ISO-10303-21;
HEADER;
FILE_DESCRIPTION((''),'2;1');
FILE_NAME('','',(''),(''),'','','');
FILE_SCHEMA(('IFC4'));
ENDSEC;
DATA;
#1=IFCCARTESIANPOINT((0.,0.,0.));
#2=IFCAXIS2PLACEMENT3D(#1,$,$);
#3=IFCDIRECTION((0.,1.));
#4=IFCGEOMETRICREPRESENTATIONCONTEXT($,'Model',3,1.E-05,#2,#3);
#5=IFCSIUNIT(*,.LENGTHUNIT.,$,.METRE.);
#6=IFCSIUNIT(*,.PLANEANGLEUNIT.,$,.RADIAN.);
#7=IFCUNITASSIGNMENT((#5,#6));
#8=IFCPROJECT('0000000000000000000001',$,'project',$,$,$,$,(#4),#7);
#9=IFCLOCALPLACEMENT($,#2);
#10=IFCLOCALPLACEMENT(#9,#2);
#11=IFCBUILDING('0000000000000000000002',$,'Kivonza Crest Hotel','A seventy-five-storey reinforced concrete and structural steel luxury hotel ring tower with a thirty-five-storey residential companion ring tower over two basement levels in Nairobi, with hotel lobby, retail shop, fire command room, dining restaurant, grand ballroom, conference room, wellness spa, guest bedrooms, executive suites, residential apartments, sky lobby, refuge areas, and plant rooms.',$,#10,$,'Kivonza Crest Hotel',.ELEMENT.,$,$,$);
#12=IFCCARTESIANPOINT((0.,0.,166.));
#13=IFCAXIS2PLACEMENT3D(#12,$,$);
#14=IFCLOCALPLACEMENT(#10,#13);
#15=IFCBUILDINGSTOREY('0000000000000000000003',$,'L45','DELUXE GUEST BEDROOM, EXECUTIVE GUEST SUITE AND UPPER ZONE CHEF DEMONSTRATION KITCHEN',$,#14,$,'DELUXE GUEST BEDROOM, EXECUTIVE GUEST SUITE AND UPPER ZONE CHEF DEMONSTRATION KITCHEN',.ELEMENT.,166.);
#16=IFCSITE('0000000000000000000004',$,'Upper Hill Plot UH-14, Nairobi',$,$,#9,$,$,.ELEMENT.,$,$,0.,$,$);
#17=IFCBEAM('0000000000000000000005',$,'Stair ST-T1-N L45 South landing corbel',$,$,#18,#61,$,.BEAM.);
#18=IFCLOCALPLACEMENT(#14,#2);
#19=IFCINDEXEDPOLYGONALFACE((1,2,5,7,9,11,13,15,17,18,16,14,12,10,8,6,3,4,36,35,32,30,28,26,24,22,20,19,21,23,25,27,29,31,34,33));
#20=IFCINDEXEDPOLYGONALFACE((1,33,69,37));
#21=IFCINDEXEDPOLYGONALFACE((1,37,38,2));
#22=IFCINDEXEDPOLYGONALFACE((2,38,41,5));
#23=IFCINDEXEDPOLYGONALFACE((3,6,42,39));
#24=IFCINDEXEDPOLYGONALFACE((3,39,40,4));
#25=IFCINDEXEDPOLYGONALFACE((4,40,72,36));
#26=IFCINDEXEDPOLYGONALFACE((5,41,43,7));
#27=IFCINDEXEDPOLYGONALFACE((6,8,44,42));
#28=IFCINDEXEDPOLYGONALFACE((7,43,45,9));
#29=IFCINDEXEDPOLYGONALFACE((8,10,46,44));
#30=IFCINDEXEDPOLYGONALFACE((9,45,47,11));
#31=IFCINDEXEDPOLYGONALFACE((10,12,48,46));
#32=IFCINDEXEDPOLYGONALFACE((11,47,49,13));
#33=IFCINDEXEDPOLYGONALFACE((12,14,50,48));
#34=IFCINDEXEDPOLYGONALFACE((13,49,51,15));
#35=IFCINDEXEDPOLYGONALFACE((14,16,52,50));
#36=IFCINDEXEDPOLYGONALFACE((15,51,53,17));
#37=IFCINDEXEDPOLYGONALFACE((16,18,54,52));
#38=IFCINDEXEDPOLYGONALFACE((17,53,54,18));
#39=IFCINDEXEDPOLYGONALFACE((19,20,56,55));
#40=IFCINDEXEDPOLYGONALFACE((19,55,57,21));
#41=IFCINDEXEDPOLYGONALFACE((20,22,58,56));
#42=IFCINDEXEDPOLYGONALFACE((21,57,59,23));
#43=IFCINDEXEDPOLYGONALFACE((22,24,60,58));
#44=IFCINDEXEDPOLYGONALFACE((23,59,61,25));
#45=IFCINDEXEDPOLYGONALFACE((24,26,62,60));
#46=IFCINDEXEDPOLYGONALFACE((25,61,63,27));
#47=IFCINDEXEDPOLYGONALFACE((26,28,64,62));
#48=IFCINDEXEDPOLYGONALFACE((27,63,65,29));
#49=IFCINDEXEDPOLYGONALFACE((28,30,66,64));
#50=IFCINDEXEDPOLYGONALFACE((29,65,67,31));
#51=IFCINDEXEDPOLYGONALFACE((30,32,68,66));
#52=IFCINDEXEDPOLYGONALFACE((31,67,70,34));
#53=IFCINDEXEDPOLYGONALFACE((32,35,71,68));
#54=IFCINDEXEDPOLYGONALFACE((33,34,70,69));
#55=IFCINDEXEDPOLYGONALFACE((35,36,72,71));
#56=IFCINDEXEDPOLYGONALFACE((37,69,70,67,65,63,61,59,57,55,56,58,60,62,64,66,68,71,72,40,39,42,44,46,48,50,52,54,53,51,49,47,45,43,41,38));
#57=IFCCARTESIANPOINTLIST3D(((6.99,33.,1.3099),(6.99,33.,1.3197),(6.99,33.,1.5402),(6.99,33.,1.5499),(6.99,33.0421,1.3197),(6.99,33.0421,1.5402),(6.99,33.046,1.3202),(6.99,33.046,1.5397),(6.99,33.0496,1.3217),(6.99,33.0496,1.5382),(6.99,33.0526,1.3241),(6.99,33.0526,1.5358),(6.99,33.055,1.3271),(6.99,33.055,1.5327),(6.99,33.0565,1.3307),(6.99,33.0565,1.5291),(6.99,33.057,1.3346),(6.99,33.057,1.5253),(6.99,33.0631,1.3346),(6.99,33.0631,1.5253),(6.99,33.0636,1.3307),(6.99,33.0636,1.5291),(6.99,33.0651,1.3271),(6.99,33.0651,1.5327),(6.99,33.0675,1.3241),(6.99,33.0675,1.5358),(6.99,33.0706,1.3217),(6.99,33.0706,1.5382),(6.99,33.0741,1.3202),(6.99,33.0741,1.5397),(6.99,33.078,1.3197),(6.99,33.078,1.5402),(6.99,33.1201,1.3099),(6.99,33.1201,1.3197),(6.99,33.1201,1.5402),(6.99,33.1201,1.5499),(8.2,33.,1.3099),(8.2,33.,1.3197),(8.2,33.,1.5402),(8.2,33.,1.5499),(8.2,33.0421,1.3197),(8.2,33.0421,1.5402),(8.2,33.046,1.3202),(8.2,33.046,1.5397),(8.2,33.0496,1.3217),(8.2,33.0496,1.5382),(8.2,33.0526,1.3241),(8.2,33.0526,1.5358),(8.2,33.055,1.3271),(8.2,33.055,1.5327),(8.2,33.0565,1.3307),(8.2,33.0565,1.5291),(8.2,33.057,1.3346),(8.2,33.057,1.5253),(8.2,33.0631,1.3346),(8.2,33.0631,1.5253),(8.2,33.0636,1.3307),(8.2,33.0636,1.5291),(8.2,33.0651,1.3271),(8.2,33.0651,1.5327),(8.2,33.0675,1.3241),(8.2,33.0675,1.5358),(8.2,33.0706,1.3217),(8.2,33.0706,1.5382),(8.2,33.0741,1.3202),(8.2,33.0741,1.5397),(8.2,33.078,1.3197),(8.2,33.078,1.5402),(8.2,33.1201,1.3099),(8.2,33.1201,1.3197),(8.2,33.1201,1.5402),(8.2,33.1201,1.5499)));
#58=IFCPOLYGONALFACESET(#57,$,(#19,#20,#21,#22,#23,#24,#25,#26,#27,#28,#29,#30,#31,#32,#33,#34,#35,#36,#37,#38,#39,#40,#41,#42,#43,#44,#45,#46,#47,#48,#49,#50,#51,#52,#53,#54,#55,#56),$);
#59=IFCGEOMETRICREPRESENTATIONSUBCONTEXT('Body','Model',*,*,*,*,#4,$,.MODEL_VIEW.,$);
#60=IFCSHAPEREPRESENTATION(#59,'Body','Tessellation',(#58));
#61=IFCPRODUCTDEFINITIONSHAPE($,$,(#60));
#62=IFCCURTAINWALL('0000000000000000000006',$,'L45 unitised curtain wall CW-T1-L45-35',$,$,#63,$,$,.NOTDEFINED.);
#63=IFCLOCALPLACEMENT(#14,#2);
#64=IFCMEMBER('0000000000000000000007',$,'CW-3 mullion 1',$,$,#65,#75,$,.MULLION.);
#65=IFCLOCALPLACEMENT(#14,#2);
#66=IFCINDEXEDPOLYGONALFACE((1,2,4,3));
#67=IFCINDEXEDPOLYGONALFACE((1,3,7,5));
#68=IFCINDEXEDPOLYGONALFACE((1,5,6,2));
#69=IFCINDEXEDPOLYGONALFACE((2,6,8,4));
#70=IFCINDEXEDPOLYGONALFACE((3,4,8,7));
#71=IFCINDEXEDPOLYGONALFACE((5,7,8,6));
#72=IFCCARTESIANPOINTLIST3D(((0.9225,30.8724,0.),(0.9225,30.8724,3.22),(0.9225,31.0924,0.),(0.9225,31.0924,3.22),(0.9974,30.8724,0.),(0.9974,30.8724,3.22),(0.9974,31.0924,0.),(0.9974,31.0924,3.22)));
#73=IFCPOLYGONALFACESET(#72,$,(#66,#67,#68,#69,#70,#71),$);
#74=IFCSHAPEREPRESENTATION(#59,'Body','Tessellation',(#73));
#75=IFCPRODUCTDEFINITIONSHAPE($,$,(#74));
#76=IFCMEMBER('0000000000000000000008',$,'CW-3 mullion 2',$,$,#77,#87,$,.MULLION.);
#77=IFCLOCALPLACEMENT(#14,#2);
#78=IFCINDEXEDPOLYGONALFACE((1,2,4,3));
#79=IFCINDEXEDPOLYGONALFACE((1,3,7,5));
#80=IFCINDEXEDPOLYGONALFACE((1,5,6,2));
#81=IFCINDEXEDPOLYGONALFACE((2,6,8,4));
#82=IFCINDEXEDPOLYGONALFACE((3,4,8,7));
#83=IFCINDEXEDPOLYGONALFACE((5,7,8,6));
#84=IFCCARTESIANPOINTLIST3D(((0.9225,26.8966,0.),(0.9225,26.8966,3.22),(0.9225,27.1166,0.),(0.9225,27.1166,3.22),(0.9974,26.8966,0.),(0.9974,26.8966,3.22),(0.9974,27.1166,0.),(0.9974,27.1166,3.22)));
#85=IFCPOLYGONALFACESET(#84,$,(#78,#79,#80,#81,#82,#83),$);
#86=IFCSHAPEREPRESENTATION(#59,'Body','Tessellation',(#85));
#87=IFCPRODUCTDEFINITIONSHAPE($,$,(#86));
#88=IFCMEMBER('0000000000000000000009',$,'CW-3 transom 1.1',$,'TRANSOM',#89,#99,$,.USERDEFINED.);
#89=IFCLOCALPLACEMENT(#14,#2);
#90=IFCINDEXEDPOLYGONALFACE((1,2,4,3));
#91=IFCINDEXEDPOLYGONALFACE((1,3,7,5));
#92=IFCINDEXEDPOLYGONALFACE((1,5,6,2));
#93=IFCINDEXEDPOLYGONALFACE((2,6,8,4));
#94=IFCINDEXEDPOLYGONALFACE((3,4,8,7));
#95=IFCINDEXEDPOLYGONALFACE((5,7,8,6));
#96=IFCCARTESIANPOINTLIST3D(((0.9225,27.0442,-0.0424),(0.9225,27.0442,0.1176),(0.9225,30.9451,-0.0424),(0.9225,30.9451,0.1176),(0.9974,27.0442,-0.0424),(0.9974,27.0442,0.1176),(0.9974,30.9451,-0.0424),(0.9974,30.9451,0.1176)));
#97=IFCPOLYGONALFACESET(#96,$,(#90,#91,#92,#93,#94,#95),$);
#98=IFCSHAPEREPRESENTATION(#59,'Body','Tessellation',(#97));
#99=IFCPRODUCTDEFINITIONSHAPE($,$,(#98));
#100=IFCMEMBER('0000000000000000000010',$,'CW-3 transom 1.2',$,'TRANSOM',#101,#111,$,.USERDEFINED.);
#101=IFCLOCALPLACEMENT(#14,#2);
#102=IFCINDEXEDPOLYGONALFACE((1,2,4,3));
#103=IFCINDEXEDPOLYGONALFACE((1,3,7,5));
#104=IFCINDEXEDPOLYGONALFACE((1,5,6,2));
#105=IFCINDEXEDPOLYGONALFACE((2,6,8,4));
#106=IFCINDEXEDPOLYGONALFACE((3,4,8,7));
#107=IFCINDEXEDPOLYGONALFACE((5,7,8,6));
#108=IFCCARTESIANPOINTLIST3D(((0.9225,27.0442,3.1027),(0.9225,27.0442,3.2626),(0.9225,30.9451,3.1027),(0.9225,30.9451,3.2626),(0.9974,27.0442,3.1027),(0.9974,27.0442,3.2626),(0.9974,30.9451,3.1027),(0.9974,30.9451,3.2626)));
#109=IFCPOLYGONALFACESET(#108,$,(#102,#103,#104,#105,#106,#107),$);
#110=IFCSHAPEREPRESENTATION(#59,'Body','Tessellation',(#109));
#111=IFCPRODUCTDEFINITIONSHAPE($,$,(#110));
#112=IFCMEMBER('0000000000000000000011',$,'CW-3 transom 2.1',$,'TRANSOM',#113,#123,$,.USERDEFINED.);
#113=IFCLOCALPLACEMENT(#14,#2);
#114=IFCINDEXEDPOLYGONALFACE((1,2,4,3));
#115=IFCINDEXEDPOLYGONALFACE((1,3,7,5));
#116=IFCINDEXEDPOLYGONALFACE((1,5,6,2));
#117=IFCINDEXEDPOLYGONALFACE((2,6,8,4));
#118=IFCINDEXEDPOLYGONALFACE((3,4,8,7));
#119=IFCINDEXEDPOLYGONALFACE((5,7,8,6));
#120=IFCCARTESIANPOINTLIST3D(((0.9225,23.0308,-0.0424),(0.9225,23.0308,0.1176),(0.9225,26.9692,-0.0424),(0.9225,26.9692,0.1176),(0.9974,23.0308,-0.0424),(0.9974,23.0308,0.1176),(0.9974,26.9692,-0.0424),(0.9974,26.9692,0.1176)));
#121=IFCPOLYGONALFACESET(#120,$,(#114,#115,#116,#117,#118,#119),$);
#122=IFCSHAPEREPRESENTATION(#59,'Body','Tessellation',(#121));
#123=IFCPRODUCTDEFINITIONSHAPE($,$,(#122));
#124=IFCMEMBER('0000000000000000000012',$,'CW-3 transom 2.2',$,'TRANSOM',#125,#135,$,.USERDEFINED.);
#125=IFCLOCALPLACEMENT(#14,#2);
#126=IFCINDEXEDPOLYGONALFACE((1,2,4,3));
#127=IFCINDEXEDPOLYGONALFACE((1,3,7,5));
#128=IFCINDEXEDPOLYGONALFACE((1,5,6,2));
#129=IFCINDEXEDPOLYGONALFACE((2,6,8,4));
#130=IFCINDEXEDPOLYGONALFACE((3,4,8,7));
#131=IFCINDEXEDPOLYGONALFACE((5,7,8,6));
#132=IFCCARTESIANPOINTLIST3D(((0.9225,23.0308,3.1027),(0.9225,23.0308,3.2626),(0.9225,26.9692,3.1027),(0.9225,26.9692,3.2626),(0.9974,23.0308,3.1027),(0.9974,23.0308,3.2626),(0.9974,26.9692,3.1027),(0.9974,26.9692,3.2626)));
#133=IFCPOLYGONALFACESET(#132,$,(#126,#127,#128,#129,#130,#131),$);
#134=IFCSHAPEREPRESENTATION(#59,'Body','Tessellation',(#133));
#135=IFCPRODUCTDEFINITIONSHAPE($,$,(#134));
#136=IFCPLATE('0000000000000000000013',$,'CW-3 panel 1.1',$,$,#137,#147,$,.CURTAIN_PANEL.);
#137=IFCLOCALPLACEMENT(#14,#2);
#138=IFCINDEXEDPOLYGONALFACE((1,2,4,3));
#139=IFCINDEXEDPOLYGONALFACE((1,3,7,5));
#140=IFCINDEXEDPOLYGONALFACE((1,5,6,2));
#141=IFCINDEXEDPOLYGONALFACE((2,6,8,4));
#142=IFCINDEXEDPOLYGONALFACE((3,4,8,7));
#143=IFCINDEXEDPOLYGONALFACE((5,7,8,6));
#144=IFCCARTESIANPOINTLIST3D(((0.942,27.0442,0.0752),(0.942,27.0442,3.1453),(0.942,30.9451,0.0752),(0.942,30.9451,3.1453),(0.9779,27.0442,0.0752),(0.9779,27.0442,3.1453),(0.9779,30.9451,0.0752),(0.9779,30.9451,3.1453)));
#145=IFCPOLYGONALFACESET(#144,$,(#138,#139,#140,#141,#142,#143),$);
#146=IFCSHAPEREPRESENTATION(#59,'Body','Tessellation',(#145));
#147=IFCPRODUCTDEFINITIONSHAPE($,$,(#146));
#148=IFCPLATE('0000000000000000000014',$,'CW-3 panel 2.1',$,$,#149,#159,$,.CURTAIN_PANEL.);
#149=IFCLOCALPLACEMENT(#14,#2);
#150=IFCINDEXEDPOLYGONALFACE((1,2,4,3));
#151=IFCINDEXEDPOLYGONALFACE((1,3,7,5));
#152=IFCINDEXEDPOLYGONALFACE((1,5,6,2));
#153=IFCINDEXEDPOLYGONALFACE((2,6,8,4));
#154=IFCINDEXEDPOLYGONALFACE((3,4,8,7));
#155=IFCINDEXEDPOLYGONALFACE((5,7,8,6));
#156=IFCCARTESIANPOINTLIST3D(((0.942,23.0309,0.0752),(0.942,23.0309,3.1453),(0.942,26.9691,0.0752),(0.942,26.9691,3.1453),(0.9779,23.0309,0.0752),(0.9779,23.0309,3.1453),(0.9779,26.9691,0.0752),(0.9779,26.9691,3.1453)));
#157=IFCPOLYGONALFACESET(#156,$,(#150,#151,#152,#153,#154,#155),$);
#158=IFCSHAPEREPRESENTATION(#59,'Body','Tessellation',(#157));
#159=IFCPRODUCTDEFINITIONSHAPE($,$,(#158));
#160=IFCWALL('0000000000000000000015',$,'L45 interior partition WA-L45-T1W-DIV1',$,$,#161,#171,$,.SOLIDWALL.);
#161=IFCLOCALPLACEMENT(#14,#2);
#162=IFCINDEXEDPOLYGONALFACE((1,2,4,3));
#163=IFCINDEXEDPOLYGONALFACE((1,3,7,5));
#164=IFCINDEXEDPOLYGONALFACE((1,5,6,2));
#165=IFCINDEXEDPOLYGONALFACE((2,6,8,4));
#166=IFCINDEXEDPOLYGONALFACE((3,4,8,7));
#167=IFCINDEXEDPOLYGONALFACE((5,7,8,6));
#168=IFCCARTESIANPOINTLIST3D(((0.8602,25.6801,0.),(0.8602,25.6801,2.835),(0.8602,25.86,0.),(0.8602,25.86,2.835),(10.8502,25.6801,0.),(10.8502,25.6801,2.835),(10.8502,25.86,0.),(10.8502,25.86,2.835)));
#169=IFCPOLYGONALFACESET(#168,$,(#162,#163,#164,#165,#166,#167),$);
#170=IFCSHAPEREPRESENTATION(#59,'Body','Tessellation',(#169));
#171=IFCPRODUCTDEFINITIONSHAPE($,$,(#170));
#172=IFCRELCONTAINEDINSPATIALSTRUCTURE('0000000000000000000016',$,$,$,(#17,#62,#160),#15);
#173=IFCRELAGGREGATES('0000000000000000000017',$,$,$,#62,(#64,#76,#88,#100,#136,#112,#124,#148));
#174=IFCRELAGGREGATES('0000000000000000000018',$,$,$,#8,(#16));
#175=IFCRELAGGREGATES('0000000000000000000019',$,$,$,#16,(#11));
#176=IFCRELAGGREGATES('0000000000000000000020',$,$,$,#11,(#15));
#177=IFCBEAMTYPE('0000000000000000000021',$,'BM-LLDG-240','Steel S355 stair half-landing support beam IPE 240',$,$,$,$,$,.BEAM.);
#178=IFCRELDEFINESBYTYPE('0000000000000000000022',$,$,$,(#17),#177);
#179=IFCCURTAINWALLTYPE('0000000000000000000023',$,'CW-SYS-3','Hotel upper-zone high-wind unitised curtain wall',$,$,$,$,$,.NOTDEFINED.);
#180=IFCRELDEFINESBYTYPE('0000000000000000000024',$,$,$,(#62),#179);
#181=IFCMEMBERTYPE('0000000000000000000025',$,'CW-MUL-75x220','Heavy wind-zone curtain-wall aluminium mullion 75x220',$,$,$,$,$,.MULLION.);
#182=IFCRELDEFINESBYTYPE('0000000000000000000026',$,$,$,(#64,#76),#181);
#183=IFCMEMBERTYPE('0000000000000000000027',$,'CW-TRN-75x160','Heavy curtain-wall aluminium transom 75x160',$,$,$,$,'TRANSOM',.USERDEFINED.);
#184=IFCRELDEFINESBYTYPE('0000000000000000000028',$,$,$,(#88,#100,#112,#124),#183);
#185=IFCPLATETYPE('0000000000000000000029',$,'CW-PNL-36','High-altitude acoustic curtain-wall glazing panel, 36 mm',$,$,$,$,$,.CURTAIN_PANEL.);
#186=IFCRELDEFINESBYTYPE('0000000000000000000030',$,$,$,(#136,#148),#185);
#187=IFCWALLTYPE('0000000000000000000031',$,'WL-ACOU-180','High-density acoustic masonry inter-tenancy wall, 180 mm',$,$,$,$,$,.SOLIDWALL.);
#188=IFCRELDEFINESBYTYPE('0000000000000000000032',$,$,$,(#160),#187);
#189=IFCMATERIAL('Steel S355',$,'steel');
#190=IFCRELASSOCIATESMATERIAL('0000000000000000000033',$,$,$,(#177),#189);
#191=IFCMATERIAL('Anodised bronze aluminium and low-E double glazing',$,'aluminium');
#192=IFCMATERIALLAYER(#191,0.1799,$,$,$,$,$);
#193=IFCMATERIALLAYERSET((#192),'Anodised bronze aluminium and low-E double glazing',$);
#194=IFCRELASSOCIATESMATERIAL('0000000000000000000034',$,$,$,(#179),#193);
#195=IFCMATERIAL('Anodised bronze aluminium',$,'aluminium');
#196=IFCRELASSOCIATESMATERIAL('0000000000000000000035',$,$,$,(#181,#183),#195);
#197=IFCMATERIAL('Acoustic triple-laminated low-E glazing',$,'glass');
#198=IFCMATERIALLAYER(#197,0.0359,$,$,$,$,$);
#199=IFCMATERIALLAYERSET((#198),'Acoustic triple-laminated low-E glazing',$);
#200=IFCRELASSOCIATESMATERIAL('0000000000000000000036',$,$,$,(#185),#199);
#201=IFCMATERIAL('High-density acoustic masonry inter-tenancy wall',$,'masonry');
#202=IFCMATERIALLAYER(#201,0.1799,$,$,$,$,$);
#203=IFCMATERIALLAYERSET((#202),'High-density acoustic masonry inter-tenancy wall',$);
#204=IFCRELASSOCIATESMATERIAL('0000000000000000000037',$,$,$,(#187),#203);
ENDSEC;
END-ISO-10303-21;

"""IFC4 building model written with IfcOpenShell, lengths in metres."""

from ifc_helpers import new_model, si_unit, direction, frame, frame_2d, origin, origin_2d, place, context, subcontext, project, spatial, rectangle, i_section, extrude, material, layer, layer_set, material_profile, profile_set, type_object, element, aggregate, save


model = new_model("IFC4")

# Units and contexts
model_context = context("Model", 3, precision=1e-05, world=origin(), true_north=direction((0.0, 1.0)))
body_context = subcontext(model_context, "Body", "Model", "MODEL_VIEW")
ifc_project = project(units=[si_unit("LENGTHUNIT", "METRE"), si_unit("PLANEANGLEUNIT", "RADIAN")], contexts=[model_context])

# Site, building, storey
site_placement = place(None, origin())
site = spatial("IfcSite", under=ifc_project, at=site_placement, Name="Upper Hill Plot UH-14, Nairobi", CompositionType="ELEMENT", RefElevation=0.0)
building_placement = place(site_placement, origin())
building = spatial("IfcBuilding", under=site, at=building_placement, Name="Kivonza Crest Hotel", Description="A seventy-five-storey reinforced concrete and structural steel luxury hotel ring tower with a thirty-five-storey residential companion ring tower over two basement levels in Nairobi, with hotel lobby, retail shop, fire command room, dining restaurant, grand ballroom, conference room, wellness spa, guest bedrooms, executive suites, residential apartments, sky lobby, refuge areas, and plant rooms.", LongName="Kivonza Crest Hotel", CompositionType="ELEMENT")
storey_placement = place(building_placement, frame((0.0, 0.0, 166.0)))
storey = spatial("IfcBuildingStorey", under=building, at=storey_placement, Name="L45", Description="DELUXE GUEST BEDROOM, EXECUTIVE GUEST SUITE AND UPPER ZONE CHEF DEMONSTRATION KITCHEN", LongName="DELUXE GUEST BEDROOM, EXECUTIVE GUEST SUITE AND UPPER ZONE CHEF DEMONSTRATION KITCHEN", CompositionType="ELEMENT", Elevation=166.0)

# Beam
ifc_material_1 = material(Name="Steel S355", Category="steel")
ifc_material_profile_1 = material_profile(ifc_material_1, i_section(OverallWidth=0.1201, OverallDepth=0.24, WebThickness=0.0061, FlangeThickness=0.0098, FilletRadius=0.0149, at=origin_2d()), Name="IPE 240")
ifc_profile_set_1 = profile_set([ifc_material_profile_1], Name="Steel S355")
beam_type_1 = type_object("IfcBeamType", Name="BM-LLDG-240", Description="Steel S355 stair half-landing support beam IPE 240", PredefinedType="BEAM", material=ifc_profile_set_1)
beam_1_placement = place(storey_placement, frame((6.99, 33.0601, 1.4299), z_axis=(1.0, 0.0, 0.0), x_axis=(0.0, 1.0, 0.0)))
element("IfcBeam", 1, at=beam_1_placement, inside=storey, type_object=beam_type_1, Name="Stair ST-T1-N L45 South landing corbel", PredefinedType="BEAM", context=body_context, shape_type="SweptSolid", body=[
    extrude(i_section(OverallWidth=0.1201, OverallDepth=0.24, WebThickness=0.0061, FlangeThickness=0.0098, FilletRadius=0.0149, at=origin_2d()), origin(), (0.0, 0.0, 1.0), 1.21),
])

# Curtain wall, members, plates
ifc_material_2 = material(Name="Anodised bronze aluminium and low-E double glazing", Category="aluminium")
ifc_layer_1 = layer(ifc_material_2, 0.1799)
ifc_layer_set_1 = layer_set([ifc_layer_1], Name="Anodised bronze aluminium and low-E double glazing")
curtain_wall_type = type_object("IfcCurtainWallType", Name="CW-SYS-3", Description="Hotel upper-zone high-wind unitised curtain wall", PredefinedType="NOTDEFINED", material=ifc_layer_set_1)
curtain_wall_placement = place(storey_placement, origin())
curtain_wall = element("IfcCurtainWall", 2, at=curtain_wall_placement, inside=storey, type_object=curtain_wall_type, Name="L45 unitised curtain wall CW-T1-L45-35", PredefinedType="NOTDEFINED")
ifc_material_3 = material(Name="Anodised bronze aluminium", Category="aluminium")
ifc_material_profile_2 = material_profile(ifc_material_3, rectangle(XDim=0.075, YDim=0.22, at=origin_2d()), Name="CW-M 75x220")
ifc_profile_set_2 = profile_set([ifc_material_profile_2], Name="Anodised bronze aluminium")
member_type_1 = type_object("IfcMemberType", Name="CW-MUL-75x220", Description="Heavy wind-zone curtain-wall aluminium mullion 75x220", PredefinedType="MULLION", material=ifc_profile_set_2)
member_1_placement = place(storey_placement, frame((0.96, 30.9824, 0.0), z_axis=(0.0, 0.0, 1.0), x_axis=(1.0, 0.0, 0.0)))
member_1 = element("IfcMember", 3, at=member_1_placement, type_object=member_type_1, Name="CW-3 mullion 1", PredefinedType="MULLION", context=body_context, shape_type="SweptSolid", body=[
    extrude(rectangle(XDim=0.075, YDim=0.22, at=origin_2d()), origin(), (0.0, 0.0, 1.0), 3.22),
])
member_2_placement = place(storey_placement, frame((0.96, 27.0066, 0.0), z_axis=(0.0, 0.0, 1.0), x_axis=(1.0, 0.0, 0.0)))
member_2 = element("IfcMember", 4, at=member_2_placement, type_object=member_type_1, Name="CW-3 mullion 2", PredefinedType="MULLION", context=body_context, shape_type="SweptSolid", body=[
    extrude(rectangle(XDim=0.075, YDim=0.22, at=origin_2d()), origin(), (0.0, 0.0, 1.0), 3.22),
])
ifc_material_profile_3 = material_profile(ifc_material_3, rectangle(XDim=0.075, YDim=0.1599, at=origin_2d()), Name="CW-T 75x160")
ifc_profile_set_3 = profile_set([ifc_material_profile_3], Name="Anodised bronze aluminium")
member_type_2 = type_object("IfcMemberType", Name="CW-TRN-75x160", Description="Heavy curtain-wall aluminium transom 75x160", ElementType="TRANSOM", PredefinedType="USERDEFINED", material=ifc_profile_set_3)
member_3_placement = place(storey_placement, frame((0.96, 30.9451, 0.0376), z_axis=(0.0, -1.0, 0.0), x_axis=(1.0, 0.0, 0.0)))
member_3 = element("IfcMember", 5, at=member_3_placement, type_object=member_type_2, Name="CW-3 transom 1.1", ObjectType="TRANSOM", PredefinedType="USERDEFINED", context=body_context, shape_type="SweptSolid", body=[
    extrude(rectangle(XDim=0.075, YDim=0.1599, at=origin_2d()), origin(), (0.0, 0.0, 1.0), 3.9009),
])
member_4_placement = place(storey_placement, frame((0.96, 30.9451, 3.1826), z_axis=(0.0, -1.0, 0.0), x_axis=(1.0, 0.0, 0.0)))
member_4 = element("IfcMember", 6, at=member_4_placement, type_object=member_type_2, Name="CW-3 transom 1.2", ObjectType="TRANSOM", PredefinedType="USERDEFINED", context=body_context, shape_type="SweptSolid", body=[
    extrude(rectangle(XDim=0.075, YDim=0.1599, at=origin_2d()), origin(), (0.0, 0.0, 1.0), 3.9009),
])
member_5_placement = place(storey_placement, frame((0.96, 26.9692, 0.0376), z_axis=(0.0, -1.0, 0.0), x_axis=(1.0, 0.0, 0.0)))
member_5 = element("IfcMember", 7, at=member_5_placement, type_object=member_type_2, Name="CW-3 transom 2.1", ObjectType="TRANSOM", PredefinedType="USERDEFINED", context=body_context, shape_type="SweptSolid", body=[
    extrude(rectangle(XDim=0.075, YDim=0.1599, at=origin_2d()), origin(), (0.0, 0.0, 1.0), 3.9385),
])
member_6_placement = place(storey_placement, frame((0.96, 26.9692, 3.1826), z_axis=(0.0, -1.0, 0.0), x_axis=(1.0, 0.0, 0.0)))
member_6 = element("IfcMember", 8, at=member_6_placement, type_object=member_type_2, Name="CW-3 transom 2.2", ObjectType="TRANSOM", PredefinedType="USERDEFINED", context=body_context, shape_type="SweptSolid", body=[
    extrude(rectangle(XDim=0.075, YDim=0.1599, at=origin_2d()), origin(), (0.0, 0.0, 1.0), 3.9385),
])
ifc_material_4 = material(Name="Acoustic triple-laminated low-E glazing", Category="glass")
ifc_layer_2 = layer(ifc_material_4, 0.0359)
ifc_layer_set_2 = layer_set([ifc_layer_2], Name="Acoustic triple-laminated low-E glazing")
plate_type = type_object("IfcPlateType", Name="CW-PNL-36", Description="High-altitude acoustic curtain-wall glazing panel, 36 mm", PredefinedType="CURTAIN_PANEL", material=ifc_layer_set_2)
plate_1_placement = place(storey_placement, frame((0.96, 28.9946, 0.0752), z_axis=(0.0, 0.0, 1.0), x_axis=(0.0, -1.0, 0.0)))
plate_1 = element("IfcPlate", 9, at=plate_1_placement, type_object=plate_type, Name="CW-3 panel 1.1", PredefinedType="CURTAIN_PANEL", context=body_context, shape_type="SweptSolid", body=[
    extrude(rectangle(XDim=3.9009, YDim=0.0359, at=origin_2d()), origin(), (0.0, 0.0, 1.0), 3.0701),
])
plate_2_placement = place(storey_placement, frame((0.96, 25.0, 0.0752), z_axis=(0.0, 0.0, 1.0), x_axis=(0.0, -1.0, 0.0)))
plate_2 = element("IfcPlate", 10, at=plate_2_placement, type_object=plate_type, Name="CW-3 panel 2.1", PredefinedType="CURTAIN_PANEL", context=body_context, shape_type="SweptSolid", body=[
    extrude(rectangle(XDim=3.9382, YDim=0.0359, at=origin_2d()), origin(), (0.0, 0.0, 1.0), 3.0701),
])
aggregate(curtain_wall, [member_1, member_2, member_3, member_4, plate_1, member_5, member_6, plate_2])

# Wall
ifc_material_5 = material(Name="High-density acoustic masonry inter-tenancy wall", Category="masonry")
ifc_layer_3 = layer(ifc_material_5, 0.1799)
ifc_layer_set_3 = layer_set([ifc_layer_3], Name="High-density acoustic masonry inter-tenancy wall")
wall_type_1 = type_object("IfcWallType", Name="WL-ACOU-180", Description="High-density acoustic masonry inter-tenancy wall, 180 mm", PredefinedType="SOLIDWALL", material=ifc_layer_set_3)
wall_1_placement = place(storey_placement, frame((0.8601, 25.77, 0.0), z_axis=(0.0, 0.0, 1.0), x_axis=(1.0, 0.0, 0.0)))
element("IfcWall", 11, at=wall_1_placement, inside=storey, type_object=wall_type_1, Name="L45 interior partition WA-L45-T1W-DIV1", PredefinedType="SOLIDWALL", context=body_context, shape_type="SweptSolid", body=[
    extrude(rectangle(XDim=9.99, YDim=0.1799, at=frame_2d((4.9951, 0.0))), origin(), (0.0, 0.0, 1.0), 2.835),
])

save(model, "model.ifc")
